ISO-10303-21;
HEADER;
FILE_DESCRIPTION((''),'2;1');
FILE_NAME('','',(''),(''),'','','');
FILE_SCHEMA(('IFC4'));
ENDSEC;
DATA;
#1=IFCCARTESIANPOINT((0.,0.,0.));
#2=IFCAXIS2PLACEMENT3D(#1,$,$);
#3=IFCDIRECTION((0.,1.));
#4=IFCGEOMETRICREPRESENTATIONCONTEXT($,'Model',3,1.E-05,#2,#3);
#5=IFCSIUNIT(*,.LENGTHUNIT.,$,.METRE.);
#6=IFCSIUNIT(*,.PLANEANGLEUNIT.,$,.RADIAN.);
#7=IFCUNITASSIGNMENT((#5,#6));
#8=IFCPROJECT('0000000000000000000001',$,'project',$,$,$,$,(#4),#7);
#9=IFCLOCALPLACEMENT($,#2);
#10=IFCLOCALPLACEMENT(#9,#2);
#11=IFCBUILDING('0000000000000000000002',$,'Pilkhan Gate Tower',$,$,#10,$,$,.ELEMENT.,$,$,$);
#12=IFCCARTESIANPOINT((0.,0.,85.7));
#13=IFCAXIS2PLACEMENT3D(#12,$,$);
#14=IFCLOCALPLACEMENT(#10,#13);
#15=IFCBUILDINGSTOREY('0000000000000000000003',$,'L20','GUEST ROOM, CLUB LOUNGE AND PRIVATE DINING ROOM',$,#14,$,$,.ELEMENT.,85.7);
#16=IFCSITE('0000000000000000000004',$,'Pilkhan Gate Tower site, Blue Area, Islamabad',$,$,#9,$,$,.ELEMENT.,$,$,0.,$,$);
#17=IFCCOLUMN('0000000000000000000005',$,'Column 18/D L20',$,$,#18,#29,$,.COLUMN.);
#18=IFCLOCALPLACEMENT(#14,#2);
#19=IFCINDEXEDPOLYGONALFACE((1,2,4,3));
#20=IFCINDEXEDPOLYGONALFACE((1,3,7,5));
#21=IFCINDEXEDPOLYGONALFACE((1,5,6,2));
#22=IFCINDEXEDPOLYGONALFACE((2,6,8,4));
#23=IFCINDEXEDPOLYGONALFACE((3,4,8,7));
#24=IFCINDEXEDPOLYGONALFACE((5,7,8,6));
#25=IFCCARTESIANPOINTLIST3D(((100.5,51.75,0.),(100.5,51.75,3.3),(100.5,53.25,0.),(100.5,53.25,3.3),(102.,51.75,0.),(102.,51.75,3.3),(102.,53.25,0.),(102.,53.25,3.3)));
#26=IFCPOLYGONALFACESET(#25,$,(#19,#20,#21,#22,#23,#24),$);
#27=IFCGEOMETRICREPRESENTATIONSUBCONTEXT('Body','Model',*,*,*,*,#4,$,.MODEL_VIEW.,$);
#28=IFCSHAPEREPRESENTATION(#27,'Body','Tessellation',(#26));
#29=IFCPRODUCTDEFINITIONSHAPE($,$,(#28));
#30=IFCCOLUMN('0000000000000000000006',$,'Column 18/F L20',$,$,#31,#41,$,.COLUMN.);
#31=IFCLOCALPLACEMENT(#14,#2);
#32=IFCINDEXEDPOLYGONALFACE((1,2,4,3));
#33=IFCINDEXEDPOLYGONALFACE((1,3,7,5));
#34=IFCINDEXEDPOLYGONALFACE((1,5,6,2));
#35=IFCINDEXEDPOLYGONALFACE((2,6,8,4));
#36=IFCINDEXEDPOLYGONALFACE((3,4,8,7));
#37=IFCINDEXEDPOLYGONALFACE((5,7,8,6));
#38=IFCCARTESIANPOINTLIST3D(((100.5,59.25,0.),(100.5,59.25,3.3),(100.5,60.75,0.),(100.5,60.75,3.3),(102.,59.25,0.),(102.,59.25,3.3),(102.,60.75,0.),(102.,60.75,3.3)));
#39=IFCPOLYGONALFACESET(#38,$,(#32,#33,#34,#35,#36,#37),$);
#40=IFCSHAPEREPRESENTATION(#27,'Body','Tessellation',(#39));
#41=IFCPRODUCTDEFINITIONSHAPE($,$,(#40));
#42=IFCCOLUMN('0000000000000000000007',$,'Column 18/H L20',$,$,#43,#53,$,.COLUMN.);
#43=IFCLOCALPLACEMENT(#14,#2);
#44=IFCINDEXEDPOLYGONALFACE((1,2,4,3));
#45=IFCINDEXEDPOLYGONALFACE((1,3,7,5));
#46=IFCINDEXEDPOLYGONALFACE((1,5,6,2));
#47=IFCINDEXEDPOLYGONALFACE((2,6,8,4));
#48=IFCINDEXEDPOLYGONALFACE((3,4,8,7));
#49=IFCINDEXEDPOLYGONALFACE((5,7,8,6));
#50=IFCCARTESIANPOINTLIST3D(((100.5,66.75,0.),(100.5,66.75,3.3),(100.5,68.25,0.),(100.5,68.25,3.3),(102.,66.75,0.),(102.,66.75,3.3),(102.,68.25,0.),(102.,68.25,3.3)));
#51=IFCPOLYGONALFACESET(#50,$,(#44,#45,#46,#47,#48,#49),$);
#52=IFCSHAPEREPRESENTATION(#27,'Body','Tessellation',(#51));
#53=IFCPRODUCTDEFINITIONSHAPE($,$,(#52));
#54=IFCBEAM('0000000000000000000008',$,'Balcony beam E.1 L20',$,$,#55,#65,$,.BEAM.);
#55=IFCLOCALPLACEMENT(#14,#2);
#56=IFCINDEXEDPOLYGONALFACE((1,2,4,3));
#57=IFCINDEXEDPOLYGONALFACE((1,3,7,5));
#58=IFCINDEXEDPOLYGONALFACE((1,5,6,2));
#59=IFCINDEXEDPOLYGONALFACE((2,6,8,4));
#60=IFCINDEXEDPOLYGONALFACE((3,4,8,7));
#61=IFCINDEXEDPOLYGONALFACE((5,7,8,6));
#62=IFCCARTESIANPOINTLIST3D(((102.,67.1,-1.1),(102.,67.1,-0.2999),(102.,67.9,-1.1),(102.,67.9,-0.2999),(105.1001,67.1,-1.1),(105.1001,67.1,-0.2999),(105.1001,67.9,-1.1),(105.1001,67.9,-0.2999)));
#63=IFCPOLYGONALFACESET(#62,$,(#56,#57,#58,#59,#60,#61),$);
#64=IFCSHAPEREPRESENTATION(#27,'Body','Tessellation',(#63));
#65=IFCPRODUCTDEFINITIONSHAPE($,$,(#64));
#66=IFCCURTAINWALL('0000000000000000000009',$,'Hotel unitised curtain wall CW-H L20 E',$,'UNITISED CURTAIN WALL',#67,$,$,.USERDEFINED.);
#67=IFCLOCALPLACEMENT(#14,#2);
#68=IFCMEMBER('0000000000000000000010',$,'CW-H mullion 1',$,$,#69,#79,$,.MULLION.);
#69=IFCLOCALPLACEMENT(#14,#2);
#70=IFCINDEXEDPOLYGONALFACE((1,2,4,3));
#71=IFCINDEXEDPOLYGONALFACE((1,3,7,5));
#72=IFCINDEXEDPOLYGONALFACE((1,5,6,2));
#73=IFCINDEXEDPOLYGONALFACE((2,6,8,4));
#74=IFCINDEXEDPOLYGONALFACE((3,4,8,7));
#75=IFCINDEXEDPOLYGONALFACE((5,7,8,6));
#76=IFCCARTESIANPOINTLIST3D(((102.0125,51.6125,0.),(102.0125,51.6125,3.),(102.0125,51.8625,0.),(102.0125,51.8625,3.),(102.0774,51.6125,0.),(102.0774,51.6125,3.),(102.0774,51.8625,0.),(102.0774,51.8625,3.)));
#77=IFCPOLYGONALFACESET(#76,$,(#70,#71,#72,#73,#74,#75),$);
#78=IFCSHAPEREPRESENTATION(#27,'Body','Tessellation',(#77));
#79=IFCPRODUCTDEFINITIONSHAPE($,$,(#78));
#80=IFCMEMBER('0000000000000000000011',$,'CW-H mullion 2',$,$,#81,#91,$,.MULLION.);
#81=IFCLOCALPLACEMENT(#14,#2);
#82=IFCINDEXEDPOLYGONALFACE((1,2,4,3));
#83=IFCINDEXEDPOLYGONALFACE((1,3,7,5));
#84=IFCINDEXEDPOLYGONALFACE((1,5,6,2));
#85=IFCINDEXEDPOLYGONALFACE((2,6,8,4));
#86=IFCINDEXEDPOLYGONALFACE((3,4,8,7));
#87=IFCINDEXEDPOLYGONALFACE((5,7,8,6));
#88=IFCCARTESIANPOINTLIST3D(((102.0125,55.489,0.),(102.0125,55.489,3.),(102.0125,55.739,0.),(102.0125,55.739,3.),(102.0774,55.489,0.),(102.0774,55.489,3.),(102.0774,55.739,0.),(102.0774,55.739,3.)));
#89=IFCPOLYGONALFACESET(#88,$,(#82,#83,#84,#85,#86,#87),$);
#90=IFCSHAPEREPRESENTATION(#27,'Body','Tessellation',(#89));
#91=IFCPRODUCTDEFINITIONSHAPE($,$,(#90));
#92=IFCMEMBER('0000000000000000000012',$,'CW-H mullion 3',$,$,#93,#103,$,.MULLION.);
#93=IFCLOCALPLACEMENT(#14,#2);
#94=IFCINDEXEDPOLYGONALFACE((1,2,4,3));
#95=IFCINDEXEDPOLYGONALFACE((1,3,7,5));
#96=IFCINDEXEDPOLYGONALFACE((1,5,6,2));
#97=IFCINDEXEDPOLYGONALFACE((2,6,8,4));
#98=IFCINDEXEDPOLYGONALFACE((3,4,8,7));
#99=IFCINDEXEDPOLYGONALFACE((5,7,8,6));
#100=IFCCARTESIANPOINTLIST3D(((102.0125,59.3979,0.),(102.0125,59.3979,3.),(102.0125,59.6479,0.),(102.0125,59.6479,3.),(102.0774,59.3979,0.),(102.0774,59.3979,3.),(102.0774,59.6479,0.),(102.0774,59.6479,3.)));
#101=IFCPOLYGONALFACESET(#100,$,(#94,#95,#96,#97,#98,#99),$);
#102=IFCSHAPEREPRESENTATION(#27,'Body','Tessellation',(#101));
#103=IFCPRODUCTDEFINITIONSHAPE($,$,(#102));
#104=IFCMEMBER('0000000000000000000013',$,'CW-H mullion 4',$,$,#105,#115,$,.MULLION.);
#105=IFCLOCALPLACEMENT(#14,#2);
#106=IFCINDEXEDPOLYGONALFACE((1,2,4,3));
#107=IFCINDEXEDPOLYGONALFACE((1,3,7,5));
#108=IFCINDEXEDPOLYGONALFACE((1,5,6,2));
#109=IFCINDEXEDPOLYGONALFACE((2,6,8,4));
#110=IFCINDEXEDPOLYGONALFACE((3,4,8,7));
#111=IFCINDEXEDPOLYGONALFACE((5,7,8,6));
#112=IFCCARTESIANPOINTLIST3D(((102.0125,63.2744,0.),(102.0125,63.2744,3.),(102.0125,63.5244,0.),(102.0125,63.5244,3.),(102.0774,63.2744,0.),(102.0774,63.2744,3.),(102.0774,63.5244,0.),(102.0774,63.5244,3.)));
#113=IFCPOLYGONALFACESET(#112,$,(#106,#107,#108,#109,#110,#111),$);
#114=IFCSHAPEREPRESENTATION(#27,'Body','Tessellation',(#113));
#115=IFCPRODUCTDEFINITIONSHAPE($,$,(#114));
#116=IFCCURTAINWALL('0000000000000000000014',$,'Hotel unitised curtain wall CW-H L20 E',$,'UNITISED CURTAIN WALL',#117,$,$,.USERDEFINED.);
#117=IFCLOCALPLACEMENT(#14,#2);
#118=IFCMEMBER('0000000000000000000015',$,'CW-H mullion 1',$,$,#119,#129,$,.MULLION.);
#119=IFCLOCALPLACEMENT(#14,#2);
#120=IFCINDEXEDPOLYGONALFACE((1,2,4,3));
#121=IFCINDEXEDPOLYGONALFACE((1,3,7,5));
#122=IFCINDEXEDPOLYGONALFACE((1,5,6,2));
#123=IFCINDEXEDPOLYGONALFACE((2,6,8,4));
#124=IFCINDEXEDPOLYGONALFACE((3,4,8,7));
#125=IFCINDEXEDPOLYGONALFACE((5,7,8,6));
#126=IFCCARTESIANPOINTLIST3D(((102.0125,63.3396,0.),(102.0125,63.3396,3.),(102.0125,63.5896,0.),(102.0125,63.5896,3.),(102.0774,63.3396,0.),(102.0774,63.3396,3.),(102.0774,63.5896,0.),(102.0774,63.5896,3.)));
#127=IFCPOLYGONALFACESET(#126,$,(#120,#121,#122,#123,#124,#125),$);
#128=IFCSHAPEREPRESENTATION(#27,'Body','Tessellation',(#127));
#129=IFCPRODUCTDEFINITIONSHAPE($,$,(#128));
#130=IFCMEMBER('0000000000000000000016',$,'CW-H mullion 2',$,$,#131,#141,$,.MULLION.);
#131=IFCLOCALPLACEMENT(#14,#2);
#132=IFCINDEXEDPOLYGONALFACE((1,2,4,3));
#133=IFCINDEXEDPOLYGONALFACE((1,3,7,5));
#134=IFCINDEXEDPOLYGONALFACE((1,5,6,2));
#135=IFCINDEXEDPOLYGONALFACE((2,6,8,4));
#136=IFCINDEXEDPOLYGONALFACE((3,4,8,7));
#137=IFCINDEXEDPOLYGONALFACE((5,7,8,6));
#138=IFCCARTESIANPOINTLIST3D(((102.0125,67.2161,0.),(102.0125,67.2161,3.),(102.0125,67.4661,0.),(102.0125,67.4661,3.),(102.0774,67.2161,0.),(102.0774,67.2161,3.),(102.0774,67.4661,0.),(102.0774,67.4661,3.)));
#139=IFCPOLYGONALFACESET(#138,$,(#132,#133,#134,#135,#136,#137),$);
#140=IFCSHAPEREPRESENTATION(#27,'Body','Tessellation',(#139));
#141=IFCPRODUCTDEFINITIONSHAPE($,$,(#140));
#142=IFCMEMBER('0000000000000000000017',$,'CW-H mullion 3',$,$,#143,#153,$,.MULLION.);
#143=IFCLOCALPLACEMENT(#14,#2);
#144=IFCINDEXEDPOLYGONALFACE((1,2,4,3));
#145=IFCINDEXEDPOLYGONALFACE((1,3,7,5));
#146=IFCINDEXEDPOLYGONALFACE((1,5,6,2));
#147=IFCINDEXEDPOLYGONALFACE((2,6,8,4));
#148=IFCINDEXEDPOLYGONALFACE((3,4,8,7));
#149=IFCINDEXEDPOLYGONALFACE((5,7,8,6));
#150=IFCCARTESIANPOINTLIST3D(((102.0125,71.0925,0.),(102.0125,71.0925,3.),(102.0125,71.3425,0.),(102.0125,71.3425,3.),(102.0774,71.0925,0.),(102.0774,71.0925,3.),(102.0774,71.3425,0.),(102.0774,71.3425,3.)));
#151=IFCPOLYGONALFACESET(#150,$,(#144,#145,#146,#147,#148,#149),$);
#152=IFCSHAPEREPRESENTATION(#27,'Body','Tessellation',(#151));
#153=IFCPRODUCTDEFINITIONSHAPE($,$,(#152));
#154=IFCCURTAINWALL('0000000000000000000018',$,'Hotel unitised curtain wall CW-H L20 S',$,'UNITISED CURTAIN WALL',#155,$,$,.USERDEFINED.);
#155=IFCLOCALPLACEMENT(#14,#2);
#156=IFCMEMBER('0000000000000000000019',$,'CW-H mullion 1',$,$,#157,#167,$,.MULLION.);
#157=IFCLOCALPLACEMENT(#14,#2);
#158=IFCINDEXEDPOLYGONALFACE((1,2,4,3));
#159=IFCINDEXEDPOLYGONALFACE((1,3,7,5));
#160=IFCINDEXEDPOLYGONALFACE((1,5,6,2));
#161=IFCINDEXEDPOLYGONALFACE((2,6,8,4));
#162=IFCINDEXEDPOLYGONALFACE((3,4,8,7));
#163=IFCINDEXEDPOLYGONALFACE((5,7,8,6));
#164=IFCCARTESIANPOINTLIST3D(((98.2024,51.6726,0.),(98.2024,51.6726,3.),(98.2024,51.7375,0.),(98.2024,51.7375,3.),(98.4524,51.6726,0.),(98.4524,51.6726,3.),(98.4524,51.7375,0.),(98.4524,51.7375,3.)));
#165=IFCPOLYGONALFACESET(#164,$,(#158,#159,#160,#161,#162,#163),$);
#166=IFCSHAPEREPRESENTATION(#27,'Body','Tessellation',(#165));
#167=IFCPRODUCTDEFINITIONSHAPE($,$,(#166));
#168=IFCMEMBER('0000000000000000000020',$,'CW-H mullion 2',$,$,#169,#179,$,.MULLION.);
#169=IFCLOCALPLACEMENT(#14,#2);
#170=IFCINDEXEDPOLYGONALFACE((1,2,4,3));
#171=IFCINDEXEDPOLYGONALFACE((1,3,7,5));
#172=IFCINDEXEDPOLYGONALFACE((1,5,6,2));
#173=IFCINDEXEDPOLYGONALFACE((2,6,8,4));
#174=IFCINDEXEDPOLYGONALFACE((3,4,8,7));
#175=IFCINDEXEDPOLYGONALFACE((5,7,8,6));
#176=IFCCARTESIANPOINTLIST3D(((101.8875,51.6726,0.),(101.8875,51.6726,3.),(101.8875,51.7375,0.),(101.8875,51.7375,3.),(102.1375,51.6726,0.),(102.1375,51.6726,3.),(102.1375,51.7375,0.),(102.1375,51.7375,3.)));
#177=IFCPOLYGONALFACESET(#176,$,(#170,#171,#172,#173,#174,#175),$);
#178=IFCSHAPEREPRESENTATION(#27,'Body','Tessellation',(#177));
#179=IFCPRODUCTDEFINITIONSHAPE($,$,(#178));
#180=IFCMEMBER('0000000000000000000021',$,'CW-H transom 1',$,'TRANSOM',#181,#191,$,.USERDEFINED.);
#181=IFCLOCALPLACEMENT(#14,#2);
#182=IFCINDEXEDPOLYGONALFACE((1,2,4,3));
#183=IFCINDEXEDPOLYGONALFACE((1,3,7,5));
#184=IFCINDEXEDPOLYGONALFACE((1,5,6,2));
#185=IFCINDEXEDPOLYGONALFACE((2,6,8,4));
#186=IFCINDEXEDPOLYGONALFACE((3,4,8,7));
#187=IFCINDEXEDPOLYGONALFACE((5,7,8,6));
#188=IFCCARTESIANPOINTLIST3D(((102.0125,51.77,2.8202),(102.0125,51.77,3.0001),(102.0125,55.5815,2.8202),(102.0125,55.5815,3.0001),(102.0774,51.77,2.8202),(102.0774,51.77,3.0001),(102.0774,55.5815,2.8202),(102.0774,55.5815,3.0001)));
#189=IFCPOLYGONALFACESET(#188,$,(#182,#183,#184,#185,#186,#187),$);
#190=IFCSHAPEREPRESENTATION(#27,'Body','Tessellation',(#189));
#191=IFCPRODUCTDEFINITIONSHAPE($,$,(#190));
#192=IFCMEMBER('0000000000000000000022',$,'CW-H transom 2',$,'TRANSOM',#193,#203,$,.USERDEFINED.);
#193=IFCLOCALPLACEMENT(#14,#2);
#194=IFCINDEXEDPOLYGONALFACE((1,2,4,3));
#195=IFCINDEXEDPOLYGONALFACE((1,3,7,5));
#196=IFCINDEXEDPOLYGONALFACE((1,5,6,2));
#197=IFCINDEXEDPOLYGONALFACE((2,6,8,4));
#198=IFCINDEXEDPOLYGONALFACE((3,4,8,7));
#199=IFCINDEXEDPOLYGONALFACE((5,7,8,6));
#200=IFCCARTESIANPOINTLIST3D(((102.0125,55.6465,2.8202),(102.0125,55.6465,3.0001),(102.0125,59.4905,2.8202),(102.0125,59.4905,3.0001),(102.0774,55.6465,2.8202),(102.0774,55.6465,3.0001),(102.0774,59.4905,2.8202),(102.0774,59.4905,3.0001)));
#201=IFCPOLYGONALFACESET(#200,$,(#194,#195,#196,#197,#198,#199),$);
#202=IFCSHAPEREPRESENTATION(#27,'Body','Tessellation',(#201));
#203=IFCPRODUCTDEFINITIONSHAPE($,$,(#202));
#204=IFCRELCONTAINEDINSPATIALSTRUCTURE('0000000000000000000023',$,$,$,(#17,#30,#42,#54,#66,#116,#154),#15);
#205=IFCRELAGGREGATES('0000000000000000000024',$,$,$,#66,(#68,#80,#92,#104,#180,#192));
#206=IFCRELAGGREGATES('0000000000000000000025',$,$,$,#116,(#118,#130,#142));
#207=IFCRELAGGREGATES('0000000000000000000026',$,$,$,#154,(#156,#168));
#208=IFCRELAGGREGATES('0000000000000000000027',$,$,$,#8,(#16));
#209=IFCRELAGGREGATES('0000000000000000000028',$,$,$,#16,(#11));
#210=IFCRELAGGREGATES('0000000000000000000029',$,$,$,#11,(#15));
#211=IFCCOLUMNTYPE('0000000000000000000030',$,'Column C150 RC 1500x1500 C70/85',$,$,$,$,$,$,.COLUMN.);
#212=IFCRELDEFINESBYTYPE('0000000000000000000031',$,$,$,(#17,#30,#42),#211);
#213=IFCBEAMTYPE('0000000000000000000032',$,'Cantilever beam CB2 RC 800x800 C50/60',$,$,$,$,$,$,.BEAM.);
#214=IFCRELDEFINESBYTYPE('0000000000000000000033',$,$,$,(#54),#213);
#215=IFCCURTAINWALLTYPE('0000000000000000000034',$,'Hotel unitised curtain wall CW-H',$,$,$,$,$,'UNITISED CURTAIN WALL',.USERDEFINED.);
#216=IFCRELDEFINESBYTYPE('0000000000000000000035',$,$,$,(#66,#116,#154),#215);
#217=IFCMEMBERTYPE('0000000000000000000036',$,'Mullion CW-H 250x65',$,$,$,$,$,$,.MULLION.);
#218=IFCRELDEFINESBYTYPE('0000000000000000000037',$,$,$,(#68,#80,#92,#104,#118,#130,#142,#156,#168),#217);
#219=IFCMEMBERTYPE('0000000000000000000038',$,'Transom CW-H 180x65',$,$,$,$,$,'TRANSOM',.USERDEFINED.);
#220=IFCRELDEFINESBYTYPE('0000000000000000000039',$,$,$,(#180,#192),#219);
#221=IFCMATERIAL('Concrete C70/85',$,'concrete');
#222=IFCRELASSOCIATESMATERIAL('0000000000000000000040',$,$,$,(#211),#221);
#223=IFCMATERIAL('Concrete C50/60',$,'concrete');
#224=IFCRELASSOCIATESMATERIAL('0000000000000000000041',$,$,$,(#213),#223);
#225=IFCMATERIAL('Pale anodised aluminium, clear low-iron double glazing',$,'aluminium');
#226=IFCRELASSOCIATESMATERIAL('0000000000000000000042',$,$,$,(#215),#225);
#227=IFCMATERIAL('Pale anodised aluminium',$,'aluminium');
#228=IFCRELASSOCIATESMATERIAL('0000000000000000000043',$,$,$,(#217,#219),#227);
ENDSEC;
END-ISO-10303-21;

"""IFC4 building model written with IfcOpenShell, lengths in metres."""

from ifc_helpers import new_model, si_unit, direction, frame, origin, origin_2d, place, context, subcontext, project, spatial, rectangle, extrude, material, material_profile, profile_set, type_object, element, aggregate, save


model = new_model("IFC4")

# Units and contexts
model_context = context("Model", 3, precision=1e-05, world=origin(), true_north=direction((0.0, 1.0)))
body_context = subcontext(model_context, "Body", "Model", "MODEL_VIEW")
ifc_project = project(units=[si_unit("LENGTHUNIT", "METRE"), si_unit("PLANEANGLEUNIT", "RADIAN")], contexts=[model_context])

# Site, building, storey
site_placement = place(None, origin())
site = spatial("IfcSite", under=ifc_project, at=site_placement, Name="Pilkhan Gate Tower site, Blue Area, Islamabad", CompositionType="ELEMENT", RefElevation=0.0)
building_placement = place(site_placement, origin())
building = spatial("IfcBuilding", under=site, at=building_placement, Name="Pilkhan Gate Tower", CompositionType="ELEMENT")
storey_placement = place(building_placement, frame((0.0, 0.0, 85.7)))
storey = spatial("IfcBuildingStorey", under=building, at=storey_placement, Name="L20", Description="GUEST ROOM, CLUB LOUNGE AND PRIVATE DINING ROOM", CompositionType="ELEMENT", Elevation=85.7)

# Columns
ifc_material_1 = material(Name="Concrete C70/85", Category="concrete")
ifc_material_profile_1 = material_profile(ifc_material_1, rectangle(XDim=1.5, YDim=1.5, at=origin_2d()), Name="RC 1500x1500")
ifc_profile_set_1 = profile_set([ifc_material_profile_1], Name="Concrete C70/85")
column_type = type_object("IfcColumnType", Name="Column C150 RC 1500x1500 C70/85", PredefinedType="COLUMN", material=ifc_profile_set_1)
for number, where, z_axis, x_axis, name in (
    (1, (101.25, 52.5, 0.0), (0.0, 0.0, 1.0), (1.0, 0.0, 0.0), "Column 18/D L20"),
    (2, (101.25, 60.0, 0.0), (0.0, 0.0, 1.0), (1.0, 0.0, 0.0), "Column 18/F L20"),
    (3, (101.25, 67.5, 0.0), (0.0, 0.0, 1.0), (1.0, 0.0, 0.0), "Column 18/H L20"),
):
    element("IfcColumn", number, at=place(storey_placement, frame(where, z_axis=z_axis, x_axis=x_axis)), inside=storey, type_object=column_type, Name=name, PredefinedType="COLUMN", context=body_context, shape_type="SweptSolid", body=[
        extrude(rectangle(XDim=1.5, YDim=1.5, at=origin_2d()), origin(), (0.0, 0.0, 1.0), 3.3),
    ])

# Beam
ifc_material_2 = material(Name="Concrete C50/60", Category="concrete")
ifc_material_profile_2 = material_profile(ifc_material_2, rectangle(XDim=0.8, YDim=0.8, at=origin_2d()), Name="RC 800x800")
ifc_profile_set_2 = profile_set([ifc_material_profile_2], Name="Concrete C50/60")
beam_type = type_object("IfcBeamType", Name="Cantilever beam CB2 RC 800x800 C50/60", PredefinedType="BEAM", material=ifc_profile_set_2)
beam_placement = place(storey_placement, frame((102.0, 67.5, -0.7), z_axis=(1.0, 0.0, 0.0), x_axis=(0.0, 1.0, 0.0)))
element("IfcBeam", 4, at=beam_placement, inside=storey, type_object=beam_type, Name="Balcony beam E.1 L20", PredefinedType="BEAM", context=body_context, shape_type="SweptSolid", body=[
    extrude(rectangle(XDim=0.8, YDim=0.8, at=origin_2d()), origin(), (0.0, 0.0, 1.0), 3.1001),
])

# Curtain walls, members
ifc_material_3 = material(Name="Pale anodised aluminium, clear low-iron double glazing", Category="aluminium")
curtain_wall_type = type_object("IfcCurtainWallType", Name="Hotel unitised curtain wall CW-H", ElementType="UNITISED CURTAIN WALL", PredefinedType="USERDEFINED", material=ifc_material_3)
curtain_wall_1_placement = place(storey_placement, origin())
curtain_wall_1 = element("IfcCurtainWall", 5, at=curtain_wall_1_placement, inside=storey, type_object=curtain_wall_type, Name="Hotel unitised curtain wall CW-H L20 E", ObjectType="UNITISED CURTAIN WALL", PredefinedType="USERDEFINED")
ifc_material_4 = material(Name="Pale anodised aluminium", Category="aluminium")
ifc_material_profile_3 = material_profile(ifc_material_4, rectangle(XDim=0.0649, YDim=0.25, at=origin_2d()), Name="Mullion 250x65")
ifc_profile_set_3 = profile_set([ifc_material_profile_3], Name="Pale anodised aluminium")
member_type_1 = type_object("IfcMemberType", Name="Mullion CW-H 250x65", PredefinedType="MULLION", material=ifc_profile_set_3)
member_1_placement = place(storey_placement, frame((102.0449, 51.7375, 0.0), z_axis=(0.0, 0.0, 1.0), x_axis=(-1.0, 0.0, 0.0)))
member_1 = element("IfcMember", 6, at=member_1_placement, type_object=member_type_1, Name="CW-H mullion 1", PredefinedType="MULLION", context=body_context, shape_type="SweptSolid", body=[
    extrude(rectangle(XDim=0.0649, YDim=0.25, at=origin_2d()), origin(), (0.0, 0.0, 1.0), 3.0),
])
member_2_placement = place(storey_placement, frame((102.0449, 55.614, 0.0), z_axis=(0.0, 0.0, 1.0), x_axis=(-1.0, 0.0, 0.0)))
member_2 = element("IfcMember", 7, at=member_2_placement, type_object=member_type_1, Name="CW-H mullion 2", PredefinedType="MULLION", context=body_context, shape_type="SweptSolid", body=[
    extrude(rectangle(XDim=0.0649, YDim=0.25, at=origin_2d()), origin(), (0.0, 0.0, 1.0), 3.0),
])
member_3_placement = place(storey_placement, frame((102.0449, 59.5229, 0.0), z_axis=(0.0, 0.0, 1.0), x_axis=(-1.0, 0.0, 0.0)))
member_3 = element("IfcMember", 8, at=member_3_placement, type_object=member_type_1, Name="CW-H mullion 3", PredefinedType="MULLION", context=body_context, shape_type="SweptSolid", body=[
    extrude(rectangle(XDim=0.0649, YDim=0.25, at=origin_2d()), origin(), (0.0, 0.0, 1.0), 3.0),
])
member_4_placement = place(storey_placement, frame((102.0449, 63.3994, 0.0), z_axis=(0.0, 0.0, 1.0), x_axis=(-1.0, 0.0, 0.0)))
member_4 = element("IfcMember", 9, at=member_4_placement, type_object=member_type_1, Name="CW-H mullion 4", PredefinedType="MULLION", context=body_context, shape_type="SweptSolid", body=[
    extrude(rectangle(XDim=0.0649, YDim=0.25, at=origin_2d()), origin(), (0.0, 0.0, 1.0), 3.0),
])
curtain_wall_2_placement = place(storey_placement, origin())
curtain_wall_2 = element("IfcCurtainWall", 10, at=curtain_wall_2_placement, inside=storey, type_object=curtain_wall_type, Name="Hotel unitised curtain wall CW-H L20 E", ObjectType="UNITISED CURTAIN WALL", PredefinedType="USERDEFINED")
member_5_placement = place(storey_placement, frame((102.0449, 63.4646, 0.0), z_axis=(0.0, 0.0, 1.0), x_axis=(-1.0, 0.0, 0.0)))
member_5 = element("IfcMember", 11, at=member_5_placement, type_object=member_type_1, Name="CW-H mullion 1", PredefinedType="MULLION", context=body_context, shape_type="SweptSolid", body=[
    extrude(rectangle(XDim=0.0649, YDim=0.25, at=origin_2d()), origin(), (0.0, 0.0, 1.0), 3.0),
])
member_6_placement = place(storey_placement, frame((102.0449, 67.3411, 0.0), z_axis=(0.0, 0.0, 1.0), x_axis=(-1.0, 0.0, 0.0)))
member_6 = element("IfcMember", 12, at=member_6_placement, type_object=member_type_1, Name="CW-H mullion 2", PredefinedType="MULLION", context=body_context, shape_type="SweptSolid", body=[
    extrude(rectangle(XDim=0.0649, YDim=0.25, at=origin_2d()), origin(), (0.0, 0.0, 1.0), 3.0),
])
member_7_placement = place(storey_placement, frame((102.0449, 71.2175, 0.0), z_axis=(0.0, 0.0, 1.0), x_axis=(-1.0, 0.0, 0.0)))
member_7 = element("IfcMember", 13, at=member_7_placement, type_object=member_type_1, Name="CW-H mullion 3", PredefinedType="MULLION", context=body_context, shape_type="SweptSolid", body=[
    extrude(rectangle(XDim=0.0649, YDim=0.25, at=origin_2d()), origin(), (0.0, 0.0, 1.0), 3.0),
])
curtain_wall_3_placement = place(storey_placement, origin())
curtain_wall_3 = element("IfcCurtainWall", 14, at=curtain_wall_3_placement, inside=storey, type_object=curtain_wall_type, Name="Hotel unitised curtain wall CW-H L20 S", ObjectType="UNITISED CURTAIN WALL", PredefinedType="USERDEFINED")
member_8_placement = place(storey_placement, frame((98.3274, 51.7051, 0.0), z_axis=(0.0, 0.0, 1.0), x_axis=(0.0, 1.0, 0.0)))
member_8 = element("IfcMember", 15, at=member_8_placement, type_object=member_type_1, Name="CW-H mullion 1", PredefinedType="MULLION", context=body_context, shape_type="SweptSolid", body=[
    extrude(rectangle(XDim=0.0649, YDim=0.25, at=origin_2d()), origin(), (0.0, 0.0, 1.0), 3.0),
])
member_9_placement = place(storey_placement, frame((102.0125, 51.7051, 0.0), z_axis=(0.0, 0.0, 1.0), x_axis=(0.0, 1.0, 0.0)))
member_9 = element("IfcMember", 16, at=member_9_placement, type_object=member_type_1, Name="CW-H mullion 2", PredefinedType="MULLION", context=body_context, shape_type="SweptSolid", body=[
    extrude(rectangle(XDim=0.0649, YDim=0.25, at=origin_2d()), origin(), (0.0, 0.0, 1.0), 3.0),
])

# Members
ifc_material_profile_4 = material_profile(ifc_material_4, rectangle(XDim=0.0649, YDim=0.1799, at=origin_2d()), Name="Transom 180x65")
ifc_profile_set_4 = profile_set([ifc_material_profile_4], Name="Pale anodised aluminium")
member_type_2 = type_object("IfcMemberType", Name="Transom CW-H 180x65", ElementType="TRANSOM", PredefinedType="USERDEFINED", material=ifc_profile_set_4)
member_10_placement = place(storey_placement, frame((102.0449, 51.77, 2.9102), z_axis=(0.0, 1.0, 0.0), x_axis=(-1.0, 0.0, 0.0)))
member_10 = element("IfcMember", 17, at=member_10_placement, type_object=member_type_2, Name="CW-H transom 1", ObjectType="TRANSOM", PredefinedType="USERDEFINED", context=body_context, shape_type="SweptSolid", body=[
    extrude(rectangle(XDim=0.0649, YDim=0.1799, at=origin_2d()), origin(), (0.0, 0.0, 1.0), 3.8115),
])
member_11_placement = place(storey_placement, frame((102.0449, 55.6465, 2.9102), z_axis=(0.0, 1.0, 0.0), x_axis=(-1.0, 0.0, 0.0)))
member_11 = element("IfcMember", 18, at=member_11_placement, type_object=member_type_2, Name="CW-H transom 2", ObjectType="TRANSOM", PredefinedType="USERDEFINED", context=body_context, shape_type="SweptSolid", body=[
    extrude(rectangle(XDim=0.0649, YDim=0.1799, at=origin_2d()), origin(), (0.0, 0.0, 1.0), 3.844),
])

aggregate(curtain_wall_1, [member_1, member_2, member_3, member_4, member_10, member_11])
aggregate(curtain_wall_2, [member_5, member_6, member_7])
aggregate(curtain_wall_3, [member_8, member_9])

save(model, "model.ifc")
